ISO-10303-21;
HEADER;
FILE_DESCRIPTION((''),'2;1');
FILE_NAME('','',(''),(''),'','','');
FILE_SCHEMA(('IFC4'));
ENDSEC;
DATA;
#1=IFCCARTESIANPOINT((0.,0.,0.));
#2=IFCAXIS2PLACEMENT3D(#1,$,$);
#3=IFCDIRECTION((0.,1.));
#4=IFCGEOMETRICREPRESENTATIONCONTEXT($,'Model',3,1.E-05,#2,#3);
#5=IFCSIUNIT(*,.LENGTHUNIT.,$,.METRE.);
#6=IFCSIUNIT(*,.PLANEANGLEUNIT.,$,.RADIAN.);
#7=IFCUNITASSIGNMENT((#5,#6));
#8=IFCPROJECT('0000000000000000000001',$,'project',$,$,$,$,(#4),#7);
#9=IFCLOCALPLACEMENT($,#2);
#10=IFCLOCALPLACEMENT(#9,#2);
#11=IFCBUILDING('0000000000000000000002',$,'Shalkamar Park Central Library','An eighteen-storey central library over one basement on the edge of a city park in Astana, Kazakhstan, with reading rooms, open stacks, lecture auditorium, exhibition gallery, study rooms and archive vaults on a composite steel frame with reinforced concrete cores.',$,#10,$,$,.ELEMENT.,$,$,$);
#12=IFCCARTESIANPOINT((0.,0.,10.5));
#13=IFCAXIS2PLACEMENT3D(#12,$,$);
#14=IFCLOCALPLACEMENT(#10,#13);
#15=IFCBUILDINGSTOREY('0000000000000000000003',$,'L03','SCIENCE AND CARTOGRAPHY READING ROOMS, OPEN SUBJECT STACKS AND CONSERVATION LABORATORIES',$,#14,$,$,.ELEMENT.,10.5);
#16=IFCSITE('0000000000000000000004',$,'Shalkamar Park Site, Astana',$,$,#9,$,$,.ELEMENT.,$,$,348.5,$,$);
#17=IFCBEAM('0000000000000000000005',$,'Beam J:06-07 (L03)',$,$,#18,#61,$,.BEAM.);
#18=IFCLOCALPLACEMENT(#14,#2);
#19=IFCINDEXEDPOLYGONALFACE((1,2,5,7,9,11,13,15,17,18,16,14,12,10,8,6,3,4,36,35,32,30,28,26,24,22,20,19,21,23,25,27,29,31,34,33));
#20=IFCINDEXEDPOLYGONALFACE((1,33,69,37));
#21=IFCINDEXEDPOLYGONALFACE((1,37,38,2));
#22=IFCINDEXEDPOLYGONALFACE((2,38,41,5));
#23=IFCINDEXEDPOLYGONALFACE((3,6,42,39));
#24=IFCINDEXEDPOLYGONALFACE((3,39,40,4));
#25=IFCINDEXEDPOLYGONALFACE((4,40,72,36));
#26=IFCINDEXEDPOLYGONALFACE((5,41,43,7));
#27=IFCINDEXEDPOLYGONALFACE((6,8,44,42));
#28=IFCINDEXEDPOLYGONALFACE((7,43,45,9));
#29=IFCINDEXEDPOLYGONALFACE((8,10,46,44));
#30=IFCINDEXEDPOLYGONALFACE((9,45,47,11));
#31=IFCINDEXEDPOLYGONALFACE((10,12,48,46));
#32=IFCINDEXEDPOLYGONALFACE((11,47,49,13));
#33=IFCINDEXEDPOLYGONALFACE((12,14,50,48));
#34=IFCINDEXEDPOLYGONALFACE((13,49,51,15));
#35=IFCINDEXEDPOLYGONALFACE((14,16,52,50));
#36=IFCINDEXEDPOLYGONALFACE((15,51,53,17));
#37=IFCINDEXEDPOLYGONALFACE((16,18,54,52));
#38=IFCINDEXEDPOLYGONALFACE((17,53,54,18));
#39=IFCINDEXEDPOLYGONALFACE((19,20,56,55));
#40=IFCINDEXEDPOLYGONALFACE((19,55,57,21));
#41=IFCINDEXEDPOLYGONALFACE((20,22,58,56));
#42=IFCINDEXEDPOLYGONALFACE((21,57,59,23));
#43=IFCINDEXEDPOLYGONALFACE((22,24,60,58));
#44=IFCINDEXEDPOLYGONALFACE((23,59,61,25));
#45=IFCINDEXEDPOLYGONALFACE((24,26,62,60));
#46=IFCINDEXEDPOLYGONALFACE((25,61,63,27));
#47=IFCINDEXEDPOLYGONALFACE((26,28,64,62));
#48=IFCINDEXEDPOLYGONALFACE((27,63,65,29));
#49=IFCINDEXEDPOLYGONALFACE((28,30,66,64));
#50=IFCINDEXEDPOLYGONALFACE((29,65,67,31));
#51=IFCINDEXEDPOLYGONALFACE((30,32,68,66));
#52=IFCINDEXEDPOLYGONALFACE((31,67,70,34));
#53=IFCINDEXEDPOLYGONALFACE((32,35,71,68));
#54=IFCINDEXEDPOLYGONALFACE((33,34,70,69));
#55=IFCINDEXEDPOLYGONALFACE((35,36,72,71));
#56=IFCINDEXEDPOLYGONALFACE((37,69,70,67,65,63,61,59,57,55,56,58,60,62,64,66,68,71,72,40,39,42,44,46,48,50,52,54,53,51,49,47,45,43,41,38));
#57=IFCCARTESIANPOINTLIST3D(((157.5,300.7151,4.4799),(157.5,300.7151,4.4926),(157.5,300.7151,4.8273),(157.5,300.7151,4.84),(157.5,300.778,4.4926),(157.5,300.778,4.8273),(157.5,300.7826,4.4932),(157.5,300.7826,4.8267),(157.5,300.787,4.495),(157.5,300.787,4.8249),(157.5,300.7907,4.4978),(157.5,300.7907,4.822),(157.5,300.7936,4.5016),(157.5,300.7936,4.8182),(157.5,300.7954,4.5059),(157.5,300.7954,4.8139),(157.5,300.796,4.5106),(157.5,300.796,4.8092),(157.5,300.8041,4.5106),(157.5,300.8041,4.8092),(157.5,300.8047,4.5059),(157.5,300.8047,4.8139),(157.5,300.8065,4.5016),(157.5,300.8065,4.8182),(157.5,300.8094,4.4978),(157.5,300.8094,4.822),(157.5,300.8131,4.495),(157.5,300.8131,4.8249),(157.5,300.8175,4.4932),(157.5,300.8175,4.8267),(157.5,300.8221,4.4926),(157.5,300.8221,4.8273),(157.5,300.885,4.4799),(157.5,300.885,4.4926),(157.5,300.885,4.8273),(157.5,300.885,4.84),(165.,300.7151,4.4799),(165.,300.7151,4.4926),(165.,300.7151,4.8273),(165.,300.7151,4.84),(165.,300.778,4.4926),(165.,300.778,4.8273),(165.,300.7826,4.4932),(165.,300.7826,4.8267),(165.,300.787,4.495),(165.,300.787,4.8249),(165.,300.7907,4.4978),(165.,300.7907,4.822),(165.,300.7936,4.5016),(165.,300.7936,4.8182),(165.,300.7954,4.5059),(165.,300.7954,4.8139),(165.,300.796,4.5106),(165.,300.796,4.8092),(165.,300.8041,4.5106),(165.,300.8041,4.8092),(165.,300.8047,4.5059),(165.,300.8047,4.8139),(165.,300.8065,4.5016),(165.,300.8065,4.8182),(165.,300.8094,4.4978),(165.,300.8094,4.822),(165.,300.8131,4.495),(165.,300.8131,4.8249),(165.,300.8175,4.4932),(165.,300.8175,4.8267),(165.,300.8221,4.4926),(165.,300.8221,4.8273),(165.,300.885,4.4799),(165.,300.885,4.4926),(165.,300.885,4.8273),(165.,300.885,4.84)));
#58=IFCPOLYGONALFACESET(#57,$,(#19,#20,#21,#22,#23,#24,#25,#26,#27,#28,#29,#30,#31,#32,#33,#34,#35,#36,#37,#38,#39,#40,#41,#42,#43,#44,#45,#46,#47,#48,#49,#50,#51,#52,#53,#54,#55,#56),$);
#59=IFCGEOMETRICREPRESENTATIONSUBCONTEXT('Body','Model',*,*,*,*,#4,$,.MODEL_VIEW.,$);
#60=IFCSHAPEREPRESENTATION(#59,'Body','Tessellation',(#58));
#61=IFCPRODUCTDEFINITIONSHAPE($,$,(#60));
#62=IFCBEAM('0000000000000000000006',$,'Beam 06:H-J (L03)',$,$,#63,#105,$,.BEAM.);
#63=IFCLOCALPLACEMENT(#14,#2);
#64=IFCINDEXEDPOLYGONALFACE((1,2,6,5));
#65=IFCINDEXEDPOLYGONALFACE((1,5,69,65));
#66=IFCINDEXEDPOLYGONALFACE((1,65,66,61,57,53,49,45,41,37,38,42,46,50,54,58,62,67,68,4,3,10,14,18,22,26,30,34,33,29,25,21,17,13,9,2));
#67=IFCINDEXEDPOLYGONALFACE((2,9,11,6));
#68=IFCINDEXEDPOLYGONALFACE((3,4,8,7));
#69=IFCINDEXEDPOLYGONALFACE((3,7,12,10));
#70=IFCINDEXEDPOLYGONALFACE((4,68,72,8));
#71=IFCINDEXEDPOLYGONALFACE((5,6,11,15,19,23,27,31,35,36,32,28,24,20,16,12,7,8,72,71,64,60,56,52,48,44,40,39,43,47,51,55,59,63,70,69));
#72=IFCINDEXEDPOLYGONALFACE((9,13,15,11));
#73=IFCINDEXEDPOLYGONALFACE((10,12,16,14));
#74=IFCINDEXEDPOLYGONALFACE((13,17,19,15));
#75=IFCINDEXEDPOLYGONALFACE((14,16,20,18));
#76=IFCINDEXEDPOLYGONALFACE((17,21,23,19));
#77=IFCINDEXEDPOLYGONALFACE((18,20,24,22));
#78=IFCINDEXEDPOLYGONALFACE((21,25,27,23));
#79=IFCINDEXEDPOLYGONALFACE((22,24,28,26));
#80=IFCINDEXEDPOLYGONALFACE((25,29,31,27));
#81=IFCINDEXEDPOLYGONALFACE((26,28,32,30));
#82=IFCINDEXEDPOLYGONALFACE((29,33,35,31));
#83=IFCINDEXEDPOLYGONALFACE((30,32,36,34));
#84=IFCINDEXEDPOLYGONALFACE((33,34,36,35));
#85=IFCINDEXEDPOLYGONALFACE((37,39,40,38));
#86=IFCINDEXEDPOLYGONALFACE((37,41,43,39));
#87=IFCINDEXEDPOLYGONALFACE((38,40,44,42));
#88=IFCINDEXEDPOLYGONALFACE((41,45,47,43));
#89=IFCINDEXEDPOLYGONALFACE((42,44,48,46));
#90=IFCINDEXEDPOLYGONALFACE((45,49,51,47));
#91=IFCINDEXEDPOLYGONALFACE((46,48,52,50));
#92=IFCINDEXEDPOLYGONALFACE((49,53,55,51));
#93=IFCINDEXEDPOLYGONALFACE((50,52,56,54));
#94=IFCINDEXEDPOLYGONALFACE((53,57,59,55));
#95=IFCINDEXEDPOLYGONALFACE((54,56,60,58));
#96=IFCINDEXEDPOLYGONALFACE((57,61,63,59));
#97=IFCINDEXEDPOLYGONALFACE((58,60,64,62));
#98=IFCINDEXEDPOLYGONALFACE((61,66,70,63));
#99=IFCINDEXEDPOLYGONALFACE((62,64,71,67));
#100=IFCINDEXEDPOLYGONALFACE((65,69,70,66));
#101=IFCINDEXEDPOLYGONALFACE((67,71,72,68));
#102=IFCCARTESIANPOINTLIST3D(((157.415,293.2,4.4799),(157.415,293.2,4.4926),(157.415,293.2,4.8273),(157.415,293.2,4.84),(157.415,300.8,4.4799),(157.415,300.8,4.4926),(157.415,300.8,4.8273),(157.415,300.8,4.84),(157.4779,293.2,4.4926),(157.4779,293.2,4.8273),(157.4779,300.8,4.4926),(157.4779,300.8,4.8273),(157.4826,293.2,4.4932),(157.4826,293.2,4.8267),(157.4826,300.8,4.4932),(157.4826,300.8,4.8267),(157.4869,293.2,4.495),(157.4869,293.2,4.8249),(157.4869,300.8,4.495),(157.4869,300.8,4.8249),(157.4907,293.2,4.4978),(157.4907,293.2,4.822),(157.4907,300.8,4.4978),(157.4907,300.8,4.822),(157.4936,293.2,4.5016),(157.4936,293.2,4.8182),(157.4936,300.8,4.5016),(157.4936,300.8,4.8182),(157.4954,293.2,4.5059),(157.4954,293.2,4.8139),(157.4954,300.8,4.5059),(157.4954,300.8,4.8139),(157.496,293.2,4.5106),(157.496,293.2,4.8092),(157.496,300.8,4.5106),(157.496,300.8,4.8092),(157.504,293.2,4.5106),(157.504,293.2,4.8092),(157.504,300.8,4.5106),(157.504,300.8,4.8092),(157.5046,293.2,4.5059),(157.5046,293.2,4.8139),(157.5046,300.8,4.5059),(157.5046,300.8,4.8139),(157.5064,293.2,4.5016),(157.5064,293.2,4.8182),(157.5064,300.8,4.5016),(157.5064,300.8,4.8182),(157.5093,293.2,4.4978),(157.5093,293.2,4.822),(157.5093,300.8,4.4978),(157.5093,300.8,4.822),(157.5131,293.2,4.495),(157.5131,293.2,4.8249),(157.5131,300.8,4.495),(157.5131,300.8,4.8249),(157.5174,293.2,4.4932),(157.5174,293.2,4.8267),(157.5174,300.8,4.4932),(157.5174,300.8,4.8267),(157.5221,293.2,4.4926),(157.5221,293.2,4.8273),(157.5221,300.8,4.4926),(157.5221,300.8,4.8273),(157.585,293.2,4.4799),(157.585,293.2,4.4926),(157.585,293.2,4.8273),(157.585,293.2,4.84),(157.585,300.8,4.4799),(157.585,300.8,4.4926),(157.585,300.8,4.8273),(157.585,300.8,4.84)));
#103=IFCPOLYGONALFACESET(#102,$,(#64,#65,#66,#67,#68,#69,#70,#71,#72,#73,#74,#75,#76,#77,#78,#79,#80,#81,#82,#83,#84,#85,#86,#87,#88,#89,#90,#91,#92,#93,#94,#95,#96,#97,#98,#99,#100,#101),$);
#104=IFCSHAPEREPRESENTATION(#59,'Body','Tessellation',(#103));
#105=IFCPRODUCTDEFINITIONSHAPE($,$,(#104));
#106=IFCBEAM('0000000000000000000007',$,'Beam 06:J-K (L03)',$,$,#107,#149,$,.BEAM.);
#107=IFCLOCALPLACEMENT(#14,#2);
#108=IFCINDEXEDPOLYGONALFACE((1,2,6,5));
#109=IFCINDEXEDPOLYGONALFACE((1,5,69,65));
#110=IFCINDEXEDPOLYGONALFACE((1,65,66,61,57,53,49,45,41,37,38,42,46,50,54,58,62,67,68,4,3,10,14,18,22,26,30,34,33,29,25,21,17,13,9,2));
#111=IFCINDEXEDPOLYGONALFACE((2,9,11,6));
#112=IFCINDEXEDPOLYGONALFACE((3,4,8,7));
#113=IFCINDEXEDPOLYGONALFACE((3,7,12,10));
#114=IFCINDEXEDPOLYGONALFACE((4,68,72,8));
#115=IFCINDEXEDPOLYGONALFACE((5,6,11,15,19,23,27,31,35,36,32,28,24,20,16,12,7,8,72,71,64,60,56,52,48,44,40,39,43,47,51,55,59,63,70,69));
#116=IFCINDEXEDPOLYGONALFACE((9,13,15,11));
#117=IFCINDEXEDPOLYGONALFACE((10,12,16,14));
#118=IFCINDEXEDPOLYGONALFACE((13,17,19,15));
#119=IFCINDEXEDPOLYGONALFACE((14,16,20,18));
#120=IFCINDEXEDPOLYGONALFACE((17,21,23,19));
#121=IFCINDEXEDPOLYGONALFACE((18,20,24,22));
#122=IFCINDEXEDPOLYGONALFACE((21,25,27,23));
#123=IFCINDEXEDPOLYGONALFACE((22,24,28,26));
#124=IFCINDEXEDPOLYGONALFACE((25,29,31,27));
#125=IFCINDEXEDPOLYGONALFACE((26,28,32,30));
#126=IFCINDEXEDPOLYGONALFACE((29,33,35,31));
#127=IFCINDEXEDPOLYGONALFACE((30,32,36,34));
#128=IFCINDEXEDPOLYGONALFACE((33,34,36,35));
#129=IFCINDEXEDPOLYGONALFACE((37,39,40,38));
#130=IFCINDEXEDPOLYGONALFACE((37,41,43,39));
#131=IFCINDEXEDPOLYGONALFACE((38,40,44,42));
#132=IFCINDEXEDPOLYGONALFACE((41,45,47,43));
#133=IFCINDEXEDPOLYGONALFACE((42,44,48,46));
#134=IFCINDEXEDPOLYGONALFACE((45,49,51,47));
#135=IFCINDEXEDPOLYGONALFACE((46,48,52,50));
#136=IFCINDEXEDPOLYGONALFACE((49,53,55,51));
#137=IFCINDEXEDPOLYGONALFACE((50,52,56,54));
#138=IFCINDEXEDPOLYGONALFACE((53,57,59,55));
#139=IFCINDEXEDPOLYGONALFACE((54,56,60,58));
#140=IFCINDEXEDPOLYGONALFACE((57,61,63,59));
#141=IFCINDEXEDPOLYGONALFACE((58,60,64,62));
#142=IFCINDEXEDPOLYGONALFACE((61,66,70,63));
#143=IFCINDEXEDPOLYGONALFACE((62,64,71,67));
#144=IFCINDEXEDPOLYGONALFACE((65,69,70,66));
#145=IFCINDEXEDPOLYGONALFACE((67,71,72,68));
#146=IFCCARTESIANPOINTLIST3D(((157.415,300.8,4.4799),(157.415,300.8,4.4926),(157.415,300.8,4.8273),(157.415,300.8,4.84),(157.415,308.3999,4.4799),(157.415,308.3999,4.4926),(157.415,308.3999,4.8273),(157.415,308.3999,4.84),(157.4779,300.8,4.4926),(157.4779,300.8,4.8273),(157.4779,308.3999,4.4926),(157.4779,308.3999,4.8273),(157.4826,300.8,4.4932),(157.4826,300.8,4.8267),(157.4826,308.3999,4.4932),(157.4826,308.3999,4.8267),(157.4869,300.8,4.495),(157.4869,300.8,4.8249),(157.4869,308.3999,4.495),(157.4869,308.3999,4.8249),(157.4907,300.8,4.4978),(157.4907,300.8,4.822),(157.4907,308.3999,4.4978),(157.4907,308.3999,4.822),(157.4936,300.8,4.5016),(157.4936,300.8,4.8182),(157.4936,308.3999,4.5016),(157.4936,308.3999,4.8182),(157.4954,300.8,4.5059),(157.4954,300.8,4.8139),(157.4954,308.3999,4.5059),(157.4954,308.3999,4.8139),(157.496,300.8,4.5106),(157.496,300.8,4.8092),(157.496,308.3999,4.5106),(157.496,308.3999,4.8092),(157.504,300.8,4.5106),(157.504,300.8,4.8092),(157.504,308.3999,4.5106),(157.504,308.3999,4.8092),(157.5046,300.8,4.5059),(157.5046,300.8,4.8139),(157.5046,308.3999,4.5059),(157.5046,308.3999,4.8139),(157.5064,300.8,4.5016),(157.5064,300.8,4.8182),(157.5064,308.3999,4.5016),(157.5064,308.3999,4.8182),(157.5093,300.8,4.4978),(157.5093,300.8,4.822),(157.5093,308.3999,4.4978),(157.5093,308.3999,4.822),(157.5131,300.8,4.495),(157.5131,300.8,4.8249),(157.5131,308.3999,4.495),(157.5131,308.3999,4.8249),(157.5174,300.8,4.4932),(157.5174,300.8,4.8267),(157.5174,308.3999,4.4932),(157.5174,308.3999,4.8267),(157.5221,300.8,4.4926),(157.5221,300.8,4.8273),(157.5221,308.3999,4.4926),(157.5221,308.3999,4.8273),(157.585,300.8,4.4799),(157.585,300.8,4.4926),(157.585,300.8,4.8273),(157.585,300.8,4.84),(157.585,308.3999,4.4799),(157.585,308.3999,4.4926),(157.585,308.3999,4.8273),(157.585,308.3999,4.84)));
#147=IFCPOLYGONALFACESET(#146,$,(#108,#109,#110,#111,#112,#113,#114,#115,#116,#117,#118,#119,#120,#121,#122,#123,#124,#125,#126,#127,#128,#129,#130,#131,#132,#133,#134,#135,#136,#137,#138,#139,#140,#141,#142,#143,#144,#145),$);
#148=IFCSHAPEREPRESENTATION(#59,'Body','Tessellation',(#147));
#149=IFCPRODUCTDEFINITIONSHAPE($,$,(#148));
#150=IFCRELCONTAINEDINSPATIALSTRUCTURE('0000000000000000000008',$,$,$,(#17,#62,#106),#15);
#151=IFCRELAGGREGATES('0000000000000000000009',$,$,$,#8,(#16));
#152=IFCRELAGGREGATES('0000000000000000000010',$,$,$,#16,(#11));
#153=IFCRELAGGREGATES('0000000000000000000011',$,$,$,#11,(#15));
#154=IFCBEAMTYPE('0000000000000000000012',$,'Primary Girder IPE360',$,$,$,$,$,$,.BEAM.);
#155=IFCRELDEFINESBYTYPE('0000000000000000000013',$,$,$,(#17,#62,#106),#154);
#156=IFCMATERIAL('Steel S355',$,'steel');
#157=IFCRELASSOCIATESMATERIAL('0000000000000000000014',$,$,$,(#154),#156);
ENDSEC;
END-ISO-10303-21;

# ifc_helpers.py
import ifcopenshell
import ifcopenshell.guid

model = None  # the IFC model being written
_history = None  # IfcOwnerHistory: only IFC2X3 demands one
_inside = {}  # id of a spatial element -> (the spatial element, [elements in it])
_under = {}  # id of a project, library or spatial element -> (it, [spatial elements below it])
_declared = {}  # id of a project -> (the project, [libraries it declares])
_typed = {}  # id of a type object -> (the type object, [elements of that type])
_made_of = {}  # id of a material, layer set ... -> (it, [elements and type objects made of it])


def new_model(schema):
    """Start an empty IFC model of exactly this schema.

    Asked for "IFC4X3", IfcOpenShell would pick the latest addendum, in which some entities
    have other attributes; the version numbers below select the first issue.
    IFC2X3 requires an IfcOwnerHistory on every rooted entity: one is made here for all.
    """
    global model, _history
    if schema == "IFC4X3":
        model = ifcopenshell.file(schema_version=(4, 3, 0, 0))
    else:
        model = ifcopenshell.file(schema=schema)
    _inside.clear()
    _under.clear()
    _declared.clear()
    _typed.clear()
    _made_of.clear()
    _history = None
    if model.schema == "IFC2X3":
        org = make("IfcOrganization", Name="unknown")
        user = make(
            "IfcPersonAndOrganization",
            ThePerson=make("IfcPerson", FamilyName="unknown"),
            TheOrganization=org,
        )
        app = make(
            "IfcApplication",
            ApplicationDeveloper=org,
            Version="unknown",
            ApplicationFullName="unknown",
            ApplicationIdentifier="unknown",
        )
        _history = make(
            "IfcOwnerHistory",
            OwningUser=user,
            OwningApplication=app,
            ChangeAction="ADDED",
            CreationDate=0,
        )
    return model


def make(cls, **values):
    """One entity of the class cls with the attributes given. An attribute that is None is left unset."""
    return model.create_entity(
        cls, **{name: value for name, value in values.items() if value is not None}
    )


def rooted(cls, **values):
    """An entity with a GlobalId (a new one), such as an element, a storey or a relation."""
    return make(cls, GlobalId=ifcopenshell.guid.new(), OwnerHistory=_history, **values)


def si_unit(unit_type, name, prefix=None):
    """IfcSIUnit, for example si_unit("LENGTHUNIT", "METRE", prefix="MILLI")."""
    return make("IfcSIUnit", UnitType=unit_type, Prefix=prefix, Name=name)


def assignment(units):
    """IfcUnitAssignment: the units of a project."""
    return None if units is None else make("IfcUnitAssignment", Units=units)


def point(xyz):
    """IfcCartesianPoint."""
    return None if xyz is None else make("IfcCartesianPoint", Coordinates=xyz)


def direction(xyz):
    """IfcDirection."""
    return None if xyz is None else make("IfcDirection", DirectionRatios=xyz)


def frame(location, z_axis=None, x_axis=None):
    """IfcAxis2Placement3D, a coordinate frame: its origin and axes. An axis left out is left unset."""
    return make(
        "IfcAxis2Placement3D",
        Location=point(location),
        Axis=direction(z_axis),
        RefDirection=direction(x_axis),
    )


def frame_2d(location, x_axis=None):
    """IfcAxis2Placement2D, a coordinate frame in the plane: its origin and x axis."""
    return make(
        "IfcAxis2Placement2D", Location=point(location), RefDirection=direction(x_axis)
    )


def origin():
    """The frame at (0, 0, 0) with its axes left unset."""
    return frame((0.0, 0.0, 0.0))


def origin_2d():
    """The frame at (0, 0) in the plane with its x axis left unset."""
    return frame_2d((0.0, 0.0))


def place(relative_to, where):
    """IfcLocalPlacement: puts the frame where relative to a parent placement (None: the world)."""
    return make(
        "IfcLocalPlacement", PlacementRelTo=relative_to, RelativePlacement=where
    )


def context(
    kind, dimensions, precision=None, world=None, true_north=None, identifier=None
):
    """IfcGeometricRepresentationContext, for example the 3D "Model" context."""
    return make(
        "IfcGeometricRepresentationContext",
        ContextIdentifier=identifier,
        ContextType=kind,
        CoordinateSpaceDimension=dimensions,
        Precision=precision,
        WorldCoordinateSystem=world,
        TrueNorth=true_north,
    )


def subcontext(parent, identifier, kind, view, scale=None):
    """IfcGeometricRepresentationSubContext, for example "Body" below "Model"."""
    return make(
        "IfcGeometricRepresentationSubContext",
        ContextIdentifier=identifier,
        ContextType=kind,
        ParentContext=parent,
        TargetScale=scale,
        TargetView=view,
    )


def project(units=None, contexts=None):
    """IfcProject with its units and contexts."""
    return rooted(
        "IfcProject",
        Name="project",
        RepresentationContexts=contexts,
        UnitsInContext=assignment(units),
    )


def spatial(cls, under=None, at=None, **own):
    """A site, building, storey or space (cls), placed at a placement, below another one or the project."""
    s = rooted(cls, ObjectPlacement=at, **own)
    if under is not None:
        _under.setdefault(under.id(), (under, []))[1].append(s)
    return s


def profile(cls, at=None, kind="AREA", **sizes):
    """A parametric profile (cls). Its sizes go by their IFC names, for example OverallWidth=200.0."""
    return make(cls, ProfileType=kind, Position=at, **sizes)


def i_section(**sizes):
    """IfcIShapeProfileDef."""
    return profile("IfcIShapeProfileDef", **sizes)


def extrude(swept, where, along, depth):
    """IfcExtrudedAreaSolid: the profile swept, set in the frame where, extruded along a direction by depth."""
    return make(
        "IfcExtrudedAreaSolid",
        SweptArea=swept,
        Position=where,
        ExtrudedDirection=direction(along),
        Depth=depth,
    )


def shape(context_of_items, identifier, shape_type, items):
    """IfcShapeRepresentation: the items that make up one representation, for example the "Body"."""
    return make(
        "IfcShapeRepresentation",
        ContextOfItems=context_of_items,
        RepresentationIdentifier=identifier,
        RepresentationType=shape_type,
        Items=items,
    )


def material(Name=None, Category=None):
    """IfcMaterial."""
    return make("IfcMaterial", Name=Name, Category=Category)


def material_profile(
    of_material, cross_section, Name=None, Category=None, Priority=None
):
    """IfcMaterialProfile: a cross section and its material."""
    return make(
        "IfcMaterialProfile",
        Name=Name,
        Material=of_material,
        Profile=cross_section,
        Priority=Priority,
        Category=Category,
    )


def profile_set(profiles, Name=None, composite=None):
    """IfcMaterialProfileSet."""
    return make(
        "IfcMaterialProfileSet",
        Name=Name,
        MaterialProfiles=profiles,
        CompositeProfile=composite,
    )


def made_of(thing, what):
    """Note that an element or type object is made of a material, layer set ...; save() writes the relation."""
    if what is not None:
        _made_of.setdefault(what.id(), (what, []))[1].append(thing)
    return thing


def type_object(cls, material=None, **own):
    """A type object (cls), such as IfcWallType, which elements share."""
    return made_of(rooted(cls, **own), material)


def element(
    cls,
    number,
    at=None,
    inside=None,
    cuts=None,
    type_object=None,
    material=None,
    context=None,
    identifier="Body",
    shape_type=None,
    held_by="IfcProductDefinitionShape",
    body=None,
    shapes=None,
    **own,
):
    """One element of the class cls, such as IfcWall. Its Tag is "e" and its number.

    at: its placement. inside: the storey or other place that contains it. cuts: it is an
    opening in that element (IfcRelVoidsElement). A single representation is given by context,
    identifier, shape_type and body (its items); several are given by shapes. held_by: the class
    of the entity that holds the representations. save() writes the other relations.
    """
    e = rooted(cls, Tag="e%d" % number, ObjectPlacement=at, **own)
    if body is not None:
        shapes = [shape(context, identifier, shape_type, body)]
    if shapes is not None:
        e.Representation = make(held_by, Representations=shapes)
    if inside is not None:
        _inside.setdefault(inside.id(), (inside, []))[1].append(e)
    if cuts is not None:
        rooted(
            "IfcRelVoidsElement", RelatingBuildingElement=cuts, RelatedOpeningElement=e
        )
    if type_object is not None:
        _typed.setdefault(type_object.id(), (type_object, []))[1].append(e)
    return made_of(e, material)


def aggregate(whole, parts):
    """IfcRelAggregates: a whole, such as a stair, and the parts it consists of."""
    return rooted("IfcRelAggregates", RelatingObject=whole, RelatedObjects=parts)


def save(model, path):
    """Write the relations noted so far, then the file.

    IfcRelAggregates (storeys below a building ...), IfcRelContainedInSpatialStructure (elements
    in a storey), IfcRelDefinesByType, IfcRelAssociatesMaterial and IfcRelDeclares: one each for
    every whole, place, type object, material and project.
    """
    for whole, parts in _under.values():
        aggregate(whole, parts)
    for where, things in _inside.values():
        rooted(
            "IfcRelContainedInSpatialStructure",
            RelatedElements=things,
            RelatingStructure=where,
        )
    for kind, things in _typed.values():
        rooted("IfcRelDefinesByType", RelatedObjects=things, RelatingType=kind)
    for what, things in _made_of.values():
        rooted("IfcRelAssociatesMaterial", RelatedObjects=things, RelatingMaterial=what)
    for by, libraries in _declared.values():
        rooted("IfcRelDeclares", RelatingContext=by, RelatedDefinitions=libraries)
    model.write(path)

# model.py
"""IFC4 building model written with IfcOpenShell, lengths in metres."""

from ifc_helpers import new_model, si_unit, direction, frame, origin, origin_2d, place, context, subcontext, project, spatial, i_section, extrude, material, material_profile, profile_set, type_object, element, save


model = new_model("IFC4")

# Units and contexts
model_context = context("Model", 3, precision=1e-05, world=origin(), true_north=direction((0.0, 1.0)))
body_context = subcontext(model_context, "Body", "Model", "MODEL_VIEW")
ifc_project = project(units=[si_unit("LENGTHUNIT", "METRE"), si_unit("PLANEANGLEUNIT", "RADIAN")], contexts=[model_context])

# Site, building, storey
site_placement = place(None, origin())
site = spatial("IfcSite", under=ifc_project, at=site_placement, Name="Shalkamar Park Site, Astana", CompositionType="ELEMENT", RefElevation=348.5)
building_placement = place(site_placement, origin())
building = spatial("IfcBuilding", under=site, at=building_placement, Name="Shalkamar Park Central Library", Description="An eighteen-storey central library over one basement on the edge of a city park in Astana, Kazakhstan, with reading rooms, open stacks, lecture auditorium, exhibition gallery, study rooms and archive vaults on a composite steel frame with reinforced concrete cores.", CompositionType="ELEMENT")
storey_placement = place(building_placement, frame((0.0, 0.0, 10.5)))
storey = spatial("IfcBuildingStorey", under=building, at=storey_placement, Name="L03", Description="SCIENCE AND CARTOGRAPHY READING ROOMS, OPEN SUBJECT STACKS AND CONSERVATION LABORATORIES", CompositionType="ELEMENT", Elevation=10.5)

# Shared definitions
ifc_material_1 = material(Name="Steel S355", Category="steel")

# Beams
ifc_material_profile_1 = material_profile(ifc_material_1, i_section(OverallWidth=0.1699, OverallDepth=0.3601, WebThickness=0.0081, FlangeThickness=0.0127, FilletRadius=0.0181, at=origin_2d()), Name="IPE 360")
ifc_profile_set_1 = profile_set([ifc_material_profile_1], Name="Steel S355")
beam_type_1 = type_object("IfcBeamType", Name="Primary Girder IPE360", PredefinedType="BEAM", material=ifc_profile_set_1)
for number, where, z_axis, x_axis, name in (
    (1, (157.5, 300.8, 4.6599), (1.0, 0.0, 0.0), (0.0, 1.0, 0.0), "Beam J:06-07 (L03)"),
):
    element("IfcBeam", number, at=place(storey_placement, frame(where, z_axis=z_axis, x_axis=x_axis)), inside=storey, type_object=beam_type_1, Name=name, PredefinedType="BEAM", context=body_context, shape_type="SweptSolid", body=[
        extrude(i_section(OverallWidth=0.1699, OverallDepth=0.3601, WebThickness=0.0081, FlangeThickness=0.0127, FilletRadius=0.0181, at=origin_2d()), origin(), (0.0, 0.0, 1.0), 7.5),
    ])
beam_1_placement = place(storey_placement, frame((157.5, 293.2, 4.6599), z_axis=(0.0, 1.0, 0.0), x_axis=(-1.0, 0.0, 0.0)))
element("IfcBeam", 2, at=beam_1_placement, inside=storey, type_object=beam_type_1, Name="Beam 06:H-J (L03)", PredefinedType="BEAM", context=body_context, shape_type="SweptSolid", body=[
    extrude(i_section(OverallWidth=0.1699, OverallDepth=0.3601, WebThickness=0.0081, FlangeThickness=0.0127, FilletRadius=0.0181, at=origin_2d()), origin(), (0.0, 0.0, 1.0), 7.6001),
])
beam_2_placement = place(storey_placement, frame((157.5, 300.8, 4.6599), z_axis=(0.0, 1.0, 0.0), x_axis=(-1.0, 0.0, 0.0)))
element("IfcBeam", 3, at=beam_2_placement, inside=storey, type_object=beam_type_1, Name="Beam 06:J-K (L03)", PredefinedType="BEAM", context=body_context, shape_type="SweptSolid", body=[
    extrude(i_section(OverallWidth=0.1699, OverallDepth=0.3601, WebThickness=0.0081, FlangeThickness=0.0127, FilletRadius=0.0181, at=origin_2d()), origin(), (0.0, 0.0, 1.0), 7.5999),
])

save(model, "model.ifc")
